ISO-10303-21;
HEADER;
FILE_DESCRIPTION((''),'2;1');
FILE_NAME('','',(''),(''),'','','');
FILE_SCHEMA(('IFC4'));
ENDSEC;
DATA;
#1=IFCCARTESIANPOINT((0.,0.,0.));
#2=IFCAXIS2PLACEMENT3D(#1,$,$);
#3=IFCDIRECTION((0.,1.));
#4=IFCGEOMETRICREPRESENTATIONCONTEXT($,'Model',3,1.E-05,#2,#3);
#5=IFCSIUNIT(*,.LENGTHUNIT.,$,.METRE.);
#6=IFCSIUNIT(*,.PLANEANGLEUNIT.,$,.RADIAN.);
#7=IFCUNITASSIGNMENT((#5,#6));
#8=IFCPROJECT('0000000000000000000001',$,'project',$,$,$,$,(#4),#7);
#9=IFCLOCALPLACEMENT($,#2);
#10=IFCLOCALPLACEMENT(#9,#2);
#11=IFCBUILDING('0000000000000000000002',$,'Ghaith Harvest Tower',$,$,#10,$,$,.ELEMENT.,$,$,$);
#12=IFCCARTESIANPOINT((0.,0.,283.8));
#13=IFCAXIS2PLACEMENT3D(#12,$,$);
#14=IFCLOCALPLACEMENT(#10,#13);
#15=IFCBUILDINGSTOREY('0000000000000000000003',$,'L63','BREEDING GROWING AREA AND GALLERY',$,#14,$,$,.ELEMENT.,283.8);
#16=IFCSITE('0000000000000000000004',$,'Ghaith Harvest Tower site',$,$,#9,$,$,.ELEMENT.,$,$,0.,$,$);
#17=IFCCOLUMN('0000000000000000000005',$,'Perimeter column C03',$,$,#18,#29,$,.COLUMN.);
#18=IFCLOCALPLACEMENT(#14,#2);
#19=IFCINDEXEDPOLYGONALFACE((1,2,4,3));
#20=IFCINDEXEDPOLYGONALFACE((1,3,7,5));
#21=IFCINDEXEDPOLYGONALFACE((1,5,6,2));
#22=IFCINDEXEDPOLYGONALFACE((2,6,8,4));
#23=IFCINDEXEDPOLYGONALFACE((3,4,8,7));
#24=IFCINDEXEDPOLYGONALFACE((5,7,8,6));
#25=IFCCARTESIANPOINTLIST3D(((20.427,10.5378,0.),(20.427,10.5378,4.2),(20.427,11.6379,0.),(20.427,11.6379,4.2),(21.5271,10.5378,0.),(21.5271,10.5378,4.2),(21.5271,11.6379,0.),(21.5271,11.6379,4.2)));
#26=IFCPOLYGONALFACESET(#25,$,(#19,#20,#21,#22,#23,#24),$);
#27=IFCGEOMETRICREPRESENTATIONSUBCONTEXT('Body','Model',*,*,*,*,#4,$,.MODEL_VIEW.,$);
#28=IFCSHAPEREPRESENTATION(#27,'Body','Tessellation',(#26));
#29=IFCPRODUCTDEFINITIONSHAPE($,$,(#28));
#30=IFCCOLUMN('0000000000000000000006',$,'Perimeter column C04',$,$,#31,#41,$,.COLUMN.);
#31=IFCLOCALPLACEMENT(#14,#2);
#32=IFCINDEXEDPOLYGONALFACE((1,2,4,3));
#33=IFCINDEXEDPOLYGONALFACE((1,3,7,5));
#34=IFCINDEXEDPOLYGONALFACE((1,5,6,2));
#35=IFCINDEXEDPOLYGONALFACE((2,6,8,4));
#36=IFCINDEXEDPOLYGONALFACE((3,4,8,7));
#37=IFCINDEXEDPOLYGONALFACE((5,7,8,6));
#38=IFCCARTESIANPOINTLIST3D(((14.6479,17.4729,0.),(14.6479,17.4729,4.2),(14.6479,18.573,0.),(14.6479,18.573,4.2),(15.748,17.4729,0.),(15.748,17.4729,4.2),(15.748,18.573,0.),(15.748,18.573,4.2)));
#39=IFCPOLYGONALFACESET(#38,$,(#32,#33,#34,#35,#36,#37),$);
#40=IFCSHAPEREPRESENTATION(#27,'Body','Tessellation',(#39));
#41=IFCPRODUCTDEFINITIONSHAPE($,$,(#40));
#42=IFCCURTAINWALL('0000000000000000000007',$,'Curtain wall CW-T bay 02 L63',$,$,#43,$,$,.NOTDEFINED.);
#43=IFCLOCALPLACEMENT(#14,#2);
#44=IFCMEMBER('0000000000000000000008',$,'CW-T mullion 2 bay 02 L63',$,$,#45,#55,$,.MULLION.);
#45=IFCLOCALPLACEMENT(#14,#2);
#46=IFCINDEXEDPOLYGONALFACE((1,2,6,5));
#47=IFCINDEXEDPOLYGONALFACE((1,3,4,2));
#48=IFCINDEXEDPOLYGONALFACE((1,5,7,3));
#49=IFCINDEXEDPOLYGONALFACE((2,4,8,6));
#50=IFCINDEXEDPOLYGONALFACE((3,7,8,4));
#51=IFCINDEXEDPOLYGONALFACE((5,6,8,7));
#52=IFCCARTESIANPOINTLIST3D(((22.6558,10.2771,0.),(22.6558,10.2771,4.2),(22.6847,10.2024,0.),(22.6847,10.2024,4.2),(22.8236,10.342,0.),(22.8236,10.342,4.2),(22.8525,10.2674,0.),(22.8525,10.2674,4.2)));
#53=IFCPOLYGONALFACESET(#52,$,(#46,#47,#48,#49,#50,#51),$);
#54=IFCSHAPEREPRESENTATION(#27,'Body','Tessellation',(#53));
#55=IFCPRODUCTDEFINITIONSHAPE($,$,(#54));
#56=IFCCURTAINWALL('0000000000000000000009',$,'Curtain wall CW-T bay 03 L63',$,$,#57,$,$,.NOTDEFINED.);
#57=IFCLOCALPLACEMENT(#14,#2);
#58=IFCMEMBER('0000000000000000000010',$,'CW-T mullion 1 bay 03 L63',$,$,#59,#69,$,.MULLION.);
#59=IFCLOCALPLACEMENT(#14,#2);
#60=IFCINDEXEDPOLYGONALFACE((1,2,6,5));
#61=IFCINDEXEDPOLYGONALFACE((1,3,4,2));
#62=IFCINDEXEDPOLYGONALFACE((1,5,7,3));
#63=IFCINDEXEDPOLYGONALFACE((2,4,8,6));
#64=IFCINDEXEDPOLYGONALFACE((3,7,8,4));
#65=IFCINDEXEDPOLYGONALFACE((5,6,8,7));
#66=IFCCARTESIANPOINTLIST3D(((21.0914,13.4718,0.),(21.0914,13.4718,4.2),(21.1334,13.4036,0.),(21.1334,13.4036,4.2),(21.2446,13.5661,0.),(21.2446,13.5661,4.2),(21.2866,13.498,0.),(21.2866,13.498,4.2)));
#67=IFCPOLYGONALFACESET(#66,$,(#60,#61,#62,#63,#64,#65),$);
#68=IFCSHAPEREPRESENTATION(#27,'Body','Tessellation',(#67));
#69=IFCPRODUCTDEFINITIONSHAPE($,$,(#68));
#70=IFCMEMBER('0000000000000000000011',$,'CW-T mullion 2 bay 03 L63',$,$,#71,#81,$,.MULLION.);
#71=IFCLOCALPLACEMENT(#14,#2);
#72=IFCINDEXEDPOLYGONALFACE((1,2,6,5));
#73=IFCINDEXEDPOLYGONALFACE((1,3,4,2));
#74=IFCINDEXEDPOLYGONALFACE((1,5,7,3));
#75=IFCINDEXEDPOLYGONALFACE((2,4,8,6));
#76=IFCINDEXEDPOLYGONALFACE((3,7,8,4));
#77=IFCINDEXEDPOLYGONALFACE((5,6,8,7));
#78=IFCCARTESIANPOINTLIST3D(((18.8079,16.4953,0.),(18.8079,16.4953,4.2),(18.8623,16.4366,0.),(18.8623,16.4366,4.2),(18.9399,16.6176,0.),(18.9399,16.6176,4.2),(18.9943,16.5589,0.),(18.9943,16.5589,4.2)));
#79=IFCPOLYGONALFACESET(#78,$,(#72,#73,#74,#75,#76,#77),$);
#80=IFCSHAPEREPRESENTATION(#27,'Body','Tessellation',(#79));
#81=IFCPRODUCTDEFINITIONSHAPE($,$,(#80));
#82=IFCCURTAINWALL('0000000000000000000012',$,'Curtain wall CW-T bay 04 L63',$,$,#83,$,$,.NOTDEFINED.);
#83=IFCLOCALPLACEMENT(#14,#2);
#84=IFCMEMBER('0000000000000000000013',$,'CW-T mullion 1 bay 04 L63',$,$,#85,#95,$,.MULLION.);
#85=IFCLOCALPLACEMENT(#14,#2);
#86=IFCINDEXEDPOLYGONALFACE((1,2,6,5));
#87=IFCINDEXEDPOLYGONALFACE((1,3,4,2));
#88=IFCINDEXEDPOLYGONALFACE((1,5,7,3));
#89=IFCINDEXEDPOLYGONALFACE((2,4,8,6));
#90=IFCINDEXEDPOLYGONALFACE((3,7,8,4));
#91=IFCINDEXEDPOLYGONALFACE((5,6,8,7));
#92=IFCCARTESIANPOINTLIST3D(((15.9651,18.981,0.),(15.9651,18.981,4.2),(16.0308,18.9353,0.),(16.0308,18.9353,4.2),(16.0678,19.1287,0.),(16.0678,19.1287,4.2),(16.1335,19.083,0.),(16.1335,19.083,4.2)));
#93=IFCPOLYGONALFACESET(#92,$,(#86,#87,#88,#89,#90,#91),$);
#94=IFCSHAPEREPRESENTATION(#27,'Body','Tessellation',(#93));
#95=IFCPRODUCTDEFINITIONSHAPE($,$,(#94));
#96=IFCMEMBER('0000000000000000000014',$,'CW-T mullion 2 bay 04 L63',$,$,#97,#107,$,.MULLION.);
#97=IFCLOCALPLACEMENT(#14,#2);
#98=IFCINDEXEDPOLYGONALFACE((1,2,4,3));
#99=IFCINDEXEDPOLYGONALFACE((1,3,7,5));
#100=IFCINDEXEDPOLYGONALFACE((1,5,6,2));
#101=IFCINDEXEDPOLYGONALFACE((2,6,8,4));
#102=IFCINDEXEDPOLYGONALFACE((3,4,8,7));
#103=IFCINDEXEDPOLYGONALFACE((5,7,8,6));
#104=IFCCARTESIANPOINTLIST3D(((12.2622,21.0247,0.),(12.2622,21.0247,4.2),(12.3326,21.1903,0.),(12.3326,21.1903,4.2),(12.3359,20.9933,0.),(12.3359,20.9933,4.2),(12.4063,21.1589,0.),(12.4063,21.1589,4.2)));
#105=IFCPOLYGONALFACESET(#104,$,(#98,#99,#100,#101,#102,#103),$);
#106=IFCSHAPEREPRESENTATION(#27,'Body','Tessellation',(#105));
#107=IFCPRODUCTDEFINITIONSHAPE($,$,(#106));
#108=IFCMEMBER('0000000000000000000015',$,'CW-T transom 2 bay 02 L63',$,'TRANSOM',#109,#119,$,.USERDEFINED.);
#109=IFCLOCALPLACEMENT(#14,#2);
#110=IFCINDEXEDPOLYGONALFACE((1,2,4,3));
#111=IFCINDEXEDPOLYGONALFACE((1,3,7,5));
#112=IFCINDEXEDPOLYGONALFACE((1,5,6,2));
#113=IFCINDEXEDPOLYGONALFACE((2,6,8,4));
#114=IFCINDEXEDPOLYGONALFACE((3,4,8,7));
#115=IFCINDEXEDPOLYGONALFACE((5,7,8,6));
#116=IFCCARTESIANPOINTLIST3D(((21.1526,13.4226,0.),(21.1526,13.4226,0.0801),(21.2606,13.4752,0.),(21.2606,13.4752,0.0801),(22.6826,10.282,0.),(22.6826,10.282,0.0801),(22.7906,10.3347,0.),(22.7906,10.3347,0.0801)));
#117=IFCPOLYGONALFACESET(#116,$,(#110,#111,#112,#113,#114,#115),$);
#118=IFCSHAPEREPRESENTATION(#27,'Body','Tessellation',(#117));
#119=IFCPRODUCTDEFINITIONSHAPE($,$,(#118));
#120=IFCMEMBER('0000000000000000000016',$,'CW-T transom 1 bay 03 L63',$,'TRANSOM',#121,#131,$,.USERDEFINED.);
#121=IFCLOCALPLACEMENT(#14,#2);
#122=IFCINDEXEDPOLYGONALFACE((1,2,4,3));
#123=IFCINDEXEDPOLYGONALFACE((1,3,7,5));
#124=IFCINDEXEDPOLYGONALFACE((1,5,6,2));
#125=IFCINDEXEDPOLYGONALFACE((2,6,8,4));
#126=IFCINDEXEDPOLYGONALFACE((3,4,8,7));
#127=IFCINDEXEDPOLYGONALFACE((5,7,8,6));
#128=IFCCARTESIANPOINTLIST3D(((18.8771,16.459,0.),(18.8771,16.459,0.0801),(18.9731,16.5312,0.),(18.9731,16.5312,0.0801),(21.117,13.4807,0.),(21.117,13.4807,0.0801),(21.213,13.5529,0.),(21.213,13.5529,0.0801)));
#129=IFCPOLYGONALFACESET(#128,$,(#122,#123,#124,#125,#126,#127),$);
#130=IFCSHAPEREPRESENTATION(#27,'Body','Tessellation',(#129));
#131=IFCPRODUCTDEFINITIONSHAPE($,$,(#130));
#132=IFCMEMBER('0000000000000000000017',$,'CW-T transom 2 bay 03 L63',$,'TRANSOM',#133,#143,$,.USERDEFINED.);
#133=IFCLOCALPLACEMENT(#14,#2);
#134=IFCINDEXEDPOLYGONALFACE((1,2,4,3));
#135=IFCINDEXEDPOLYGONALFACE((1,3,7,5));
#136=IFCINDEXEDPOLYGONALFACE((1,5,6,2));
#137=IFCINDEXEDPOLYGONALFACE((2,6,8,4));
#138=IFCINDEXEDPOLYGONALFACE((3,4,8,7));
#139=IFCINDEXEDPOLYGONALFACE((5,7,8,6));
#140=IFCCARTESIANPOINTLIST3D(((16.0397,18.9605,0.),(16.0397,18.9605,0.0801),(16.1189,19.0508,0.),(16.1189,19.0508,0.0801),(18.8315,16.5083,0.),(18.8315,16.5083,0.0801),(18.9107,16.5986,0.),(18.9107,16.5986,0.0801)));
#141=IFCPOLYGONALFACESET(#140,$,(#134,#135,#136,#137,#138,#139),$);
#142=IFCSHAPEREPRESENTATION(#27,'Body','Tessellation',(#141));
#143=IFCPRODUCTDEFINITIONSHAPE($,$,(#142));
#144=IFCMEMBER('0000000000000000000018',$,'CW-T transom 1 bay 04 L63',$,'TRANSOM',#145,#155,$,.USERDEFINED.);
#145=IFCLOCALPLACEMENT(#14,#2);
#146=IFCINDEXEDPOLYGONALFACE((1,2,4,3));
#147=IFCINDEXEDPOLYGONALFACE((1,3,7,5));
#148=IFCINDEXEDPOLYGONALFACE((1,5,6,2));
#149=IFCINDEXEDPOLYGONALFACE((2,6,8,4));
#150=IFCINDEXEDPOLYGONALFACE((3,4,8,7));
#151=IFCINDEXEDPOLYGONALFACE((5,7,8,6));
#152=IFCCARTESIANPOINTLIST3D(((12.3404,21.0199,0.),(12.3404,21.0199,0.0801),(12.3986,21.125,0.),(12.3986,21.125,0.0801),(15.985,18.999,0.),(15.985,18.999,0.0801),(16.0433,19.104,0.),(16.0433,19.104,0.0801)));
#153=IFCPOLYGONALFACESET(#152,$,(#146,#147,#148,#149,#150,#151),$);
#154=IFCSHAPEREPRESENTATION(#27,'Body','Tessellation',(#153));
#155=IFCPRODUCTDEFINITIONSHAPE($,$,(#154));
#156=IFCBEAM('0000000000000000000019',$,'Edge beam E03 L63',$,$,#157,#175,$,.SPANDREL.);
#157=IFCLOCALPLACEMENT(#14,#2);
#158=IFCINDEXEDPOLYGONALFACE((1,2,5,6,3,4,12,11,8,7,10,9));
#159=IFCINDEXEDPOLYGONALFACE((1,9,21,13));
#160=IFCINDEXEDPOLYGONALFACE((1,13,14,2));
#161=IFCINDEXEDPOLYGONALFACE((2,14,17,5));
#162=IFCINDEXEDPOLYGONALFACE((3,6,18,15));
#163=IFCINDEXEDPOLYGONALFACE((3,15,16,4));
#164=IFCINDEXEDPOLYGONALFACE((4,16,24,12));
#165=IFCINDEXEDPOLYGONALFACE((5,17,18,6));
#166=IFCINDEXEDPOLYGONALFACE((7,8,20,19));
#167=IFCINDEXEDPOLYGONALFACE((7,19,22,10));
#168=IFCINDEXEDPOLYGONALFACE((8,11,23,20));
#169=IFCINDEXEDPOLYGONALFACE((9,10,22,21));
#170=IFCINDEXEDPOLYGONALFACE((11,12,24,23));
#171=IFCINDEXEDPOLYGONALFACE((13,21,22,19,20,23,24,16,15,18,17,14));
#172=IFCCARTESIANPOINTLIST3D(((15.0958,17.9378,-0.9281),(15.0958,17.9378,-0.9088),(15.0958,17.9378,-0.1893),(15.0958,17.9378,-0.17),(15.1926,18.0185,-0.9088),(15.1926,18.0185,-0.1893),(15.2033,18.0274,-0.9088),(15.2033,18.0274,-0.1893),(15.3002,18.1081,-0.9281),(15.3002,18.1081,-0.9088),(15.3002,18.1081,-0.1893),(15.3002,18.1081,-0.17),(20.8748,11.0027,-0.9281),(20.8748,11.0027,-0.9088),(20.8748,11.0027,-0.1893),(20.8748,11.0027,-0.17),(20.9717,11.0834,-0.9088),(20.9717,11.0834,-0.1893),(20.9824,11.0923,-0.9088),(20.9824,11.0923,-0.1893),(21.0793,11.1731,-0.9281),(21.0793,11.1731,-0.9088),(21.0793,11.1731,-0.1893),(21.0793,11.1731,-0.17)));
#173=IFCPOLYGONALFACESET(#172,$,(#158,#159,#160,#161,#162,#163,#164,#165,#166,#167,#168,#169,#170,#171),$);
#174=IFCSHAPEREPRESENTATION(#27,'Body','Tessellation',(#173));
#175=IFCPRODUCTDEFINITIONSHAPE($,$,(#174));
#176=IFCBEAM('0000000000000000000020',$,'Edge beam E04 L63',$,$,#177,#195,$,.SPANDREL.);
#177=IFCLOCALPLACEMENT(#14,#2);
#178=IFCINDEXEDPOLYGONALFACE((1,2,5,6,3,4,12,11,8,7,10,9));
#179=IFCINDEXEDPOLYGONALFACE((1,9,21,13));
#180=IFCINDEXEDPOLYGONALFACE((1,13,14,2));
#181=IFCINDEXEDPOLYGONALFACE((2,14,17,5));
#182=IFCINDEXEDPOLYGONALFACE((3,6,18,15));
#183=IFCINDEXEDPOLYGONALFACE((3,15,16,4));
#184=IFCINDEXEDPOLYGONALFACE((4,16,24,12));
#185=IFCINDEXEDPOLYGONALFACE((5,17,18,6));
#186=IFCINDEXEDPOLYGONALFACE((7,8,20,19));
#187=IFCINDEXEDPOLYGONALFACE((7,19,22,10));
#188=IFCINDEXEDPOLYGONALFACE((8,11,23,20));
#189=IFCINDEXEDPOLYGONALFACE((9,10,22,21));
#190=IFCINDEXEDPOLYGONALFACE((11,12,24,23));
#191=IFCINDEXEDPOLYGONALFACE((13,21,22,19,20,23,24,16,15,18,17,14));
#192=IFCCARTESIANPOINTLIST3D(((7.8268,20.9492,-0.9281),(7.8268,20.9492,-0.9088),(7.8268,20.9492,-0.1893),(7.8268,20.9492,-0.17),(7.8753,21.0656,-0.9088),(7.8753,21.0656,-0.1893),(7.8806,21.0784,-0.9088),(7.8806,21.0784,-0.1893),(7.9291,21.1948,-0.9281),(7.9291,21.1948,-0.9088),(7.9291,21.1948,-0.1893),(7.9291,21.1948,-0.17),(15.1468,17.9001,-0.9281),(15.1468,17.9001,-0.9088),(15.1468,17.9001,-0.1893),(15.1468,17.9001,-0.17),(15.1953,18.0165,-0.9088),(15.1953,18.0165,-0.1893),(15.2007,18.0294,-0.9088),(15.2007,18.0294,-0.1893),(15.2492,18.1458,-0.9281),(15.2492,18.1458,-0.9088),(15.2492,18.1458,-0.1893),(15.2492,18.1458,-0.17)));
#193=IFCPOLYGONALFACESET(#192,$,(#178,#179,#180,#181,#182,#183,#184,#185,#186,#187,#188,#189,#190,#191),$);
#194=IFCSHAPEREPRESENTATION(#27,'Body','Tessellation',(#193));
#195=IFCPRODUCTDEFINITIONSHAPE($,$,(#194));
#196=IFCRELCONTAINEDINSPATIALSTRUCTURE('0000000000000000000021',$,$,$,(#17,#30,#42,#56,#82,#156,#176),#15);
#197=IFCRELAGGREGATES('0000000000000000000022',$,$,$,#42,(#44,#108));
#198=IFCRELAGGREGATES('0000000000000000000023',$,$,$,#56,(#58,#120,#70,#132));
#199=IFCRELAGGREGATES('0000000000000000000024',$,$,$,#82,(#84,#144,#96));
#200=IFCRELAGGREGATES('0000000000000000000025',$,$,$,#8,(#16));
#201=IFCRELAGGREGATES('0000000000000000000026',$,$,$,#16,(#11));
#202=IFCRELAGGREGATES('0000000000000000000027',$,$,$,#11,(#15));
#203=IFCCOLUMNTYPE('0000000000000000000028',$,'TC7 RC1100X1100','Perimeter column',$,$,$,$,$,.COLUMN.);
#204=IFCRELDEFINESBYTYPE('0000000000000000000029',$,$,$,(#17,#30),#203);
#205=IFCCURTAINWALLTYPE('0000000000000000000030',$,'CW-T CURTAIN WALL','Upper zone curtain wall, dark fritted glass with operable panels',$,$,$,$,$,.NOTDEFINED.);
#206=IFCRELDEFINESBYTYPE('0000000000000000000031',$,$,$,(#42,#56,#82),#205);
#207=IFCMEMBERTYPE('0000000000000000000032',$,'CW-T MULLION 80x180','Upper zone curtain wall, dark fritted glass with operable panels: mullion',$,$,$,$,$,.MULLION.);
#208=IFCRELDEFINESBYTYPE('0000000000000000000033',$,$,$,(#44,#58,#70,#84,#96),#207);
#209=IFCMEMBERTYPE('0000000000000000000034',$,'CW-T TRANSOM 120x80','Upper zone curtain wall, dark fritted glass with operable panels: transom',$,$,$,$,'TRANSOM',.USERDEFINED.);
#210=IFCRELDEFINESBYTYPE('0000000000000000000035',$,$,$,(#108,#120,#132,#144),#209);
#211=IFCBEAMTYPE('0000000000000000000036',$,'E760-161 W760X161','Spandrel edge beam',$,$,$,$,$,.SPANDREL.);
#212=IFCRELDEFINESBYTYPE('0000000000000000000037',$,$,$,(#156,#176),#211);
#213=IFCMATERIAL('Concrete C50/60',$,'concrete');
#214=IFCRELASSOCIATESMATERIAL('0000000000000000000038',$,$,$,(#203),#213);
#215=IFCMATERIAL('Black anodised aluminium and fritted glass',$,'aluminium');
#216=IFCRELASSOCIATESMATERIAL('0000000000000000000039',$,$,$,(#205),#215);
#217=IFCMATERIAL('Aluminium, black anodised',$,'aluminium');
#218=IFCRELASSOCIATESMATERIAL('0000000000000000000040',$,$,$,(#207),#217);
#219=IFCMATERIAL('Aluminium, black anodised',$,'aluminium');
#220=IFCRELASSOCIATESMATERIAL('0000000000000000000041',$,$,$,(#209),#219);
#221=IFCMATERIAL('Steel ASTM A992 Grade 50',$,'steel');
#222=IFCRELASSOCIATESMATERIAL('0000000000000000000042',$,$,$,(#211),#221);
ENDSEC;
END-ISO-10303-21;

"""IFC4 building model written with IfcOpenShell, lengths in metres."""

from ifc_helpers import new_model, si_unit, direction, frame, origin, origin_2d, place, context, subcontext, project, spatial, rectangle, i_section, extrude, material, material_profile, profile_set, type_object, element, aggregate, save


model = new_model("IFC4")

# Units and contexts
model_context = context("Model", 3, precision=1e-05, world=origin(), true_north=direction((0.0, 1.0)))
body_context = subcontext(model_context, "Body", "Model", "MODEL_VIEW")
ifc_project = project(units=[si_unit("LENGTHUNIT", "METRE"), si_unit("PLANEANGLEUNIT", "RADIAN")], contexts=[model_context])

# Site, building, storey
site_placement = place(None, origin())
site = spatial("IfcSite", under=ifc_project, at=site_placement, Name="Ghaith Harvest Tower site", CompositionType="ELEMENT", RefElevation=0.0)
building_placement = place(site_placement, origin())
building = spatial("IfcBuilding", under=site, at=building_placement, Name="Ghaith Harvest Tower", CompositionType="ELEMENT")
storey_placement = place(building_placement, frame((0.0, 0.0, 283.8)))
storey = spatial("IfcBuildingStorey", under=building, at=storey_placement, Name="L63", Description="BREEDING GROWING AREA AND GALLERY", CompositionType="ELEMENT", Elevation=283.8)

# Columns
ifc_material_1 = material(Name="Concrete C50/60", Category="concrete")
ifc_material_profile_1 = material_profile(ifc_material_1, rectangle(XDim=1.1001, YDim=1.1001, at=origin_2d()), Name="RC1100X1100")
ifc_profile_set_1 = profile_set([ifc_material_profile_1], Name="Concrete C50/60")
column_type = type_object("IfcColumnType", Name="TC7 RC1100X1100", Description="Perimeter column", PredefinedType="COLUMN", material=ifc_profile_set_1)
for number, where, z_axis, x_axis, name in (
    (1, (20.9771, 11.0879, 0.0), (0.0, 0.0, 1.0), (1.0, 0.0, 0.0), "Perimeter column C03"),
    (2, (15.198, 18.0229, 0.0), (0.0, 0.0, 1.0), (1.0, 0.0, 0.0), "Perimeter column C04"),
):
    element("IfcColumn", number, at=place(storey_placement, frame(where, z_axis=z_axis, x_axis=x_axis)), inside=storey, type_object=column_type, Name=name, PredefinedType="COLUMN", context=body_context, shape_type="SweptSolid", body=[
        extrude(rectangle(XDim=1.1001, YDim=1.1001, at=origin_2d()), origin(), (0.0, 0.0, 1.0), 4.2),
    ])

# Curtain wall, member
ifc_material_2 = material(Name="Black anodised aluminium and fritted glass", Category="aluminium")
curtain_wall_type = type_object("IfcCurtainWallType", Name="CW-T CURTAIN WALL", Description="Upper zone curtain wall, dark fritted glass with operable panels", PredefinedType="NOTDEFINED", material=ifc_material_2)
curtain_wall_1_placement = place(storey_placement, origin())
curtain_wall_1 = element("IfcCurtainWall", 3, at=curtain_wall_1_placement, inside=storey, type_object=curtain_wall_type, Name="Curtain wall CW-T bay 02 L63", PredefinedType="NOTDEFINED")
ifc_material_3 = material(Name="Aluminium, black anodised", Category="aluminium")
ifc_material_profile_2 = material_profile(ifc_material_3, rectangle(XDim=0.0801, YDim=0.1799, at=origin_2d()), Name="CW-T MULLION 80x180")
ifc_profile_set_2 = profile_set([ifc_material_profile_2], Name="Aluminium, black anodised")
member_type_1 = type_object("IfcMemberType", Name="CW-T MULLION 80x180", Description="Upper zone curtain wall, dark fritted glass with operable panels: mullion", PredefinedType="MULLION", material=ifc_profile_set_2)
member_1_placement = place(storey_placement, frame((22.7542, 10.2722, 0.0), z_axis=(0.0, 0.0, 1.0), x_axis=(-0.361184, 0.932494, 0.0)))
member_1 = element("IfcMember", 4, at=member_1_placement, type_object=member_type_1, Name="CW-T mullion 2 bay 02 L63", PredefinedType="MULLION", context=body_context, shape_type="SweptSolid", body=[
    extrude(rectangle(XDim=0.0801, YDim=0.1799, at=origin_2d()), origin(), (0.0, 0.0, 1.0), 4.2),
])

# Curtain walls, members
curtain_wall_2_placement = place(storey_placement, origin())
curtain_wall_2 = element("IfcCurtainWall", 5, at=curtain_wall_2_placement, inside=storey, type_object=curtain_wall_type, Name="Curtain wall CW-T bay 03 L63", PredefinedType="NOTDEFINED")
member_2_placement = place(storey_placement, frame((21.189, 13.4849, 0.0), z_axis=(0.0, 0.0, 1.0), x_axis=(-0.524482, 0.851421, 0.0)))
member_2 = element("IfcMember", 6, at=member_2_placement, type_object=member_type_1, Name="CW-T mullion 1 bay 03 L63", PredefinedType="MULLION", context=body_context, shape_type="SweptSolid", body=[
    extrude(rectangle(XDim=0.0801, YDim=0.1799, at=origin_2d()), origin(), (0.0, 0.0, 1.0), 4.2),
])
member_3_placement = place(storey_placement, frame((18.9011, 16.5271, 0.0), z_axis=(0.0, 0.0, 1.0), x_axis=(-0.679661, 0.733526, 0.0)))
member_3 = element("IfcMember", 7, at=member_3_placement, type_object=member_type_1, Name="CW-T mullion 2 bay 03 L63", PredefinedType="MULLION", context=body_context, shape_type="SweptSolid", body=[
    extrude(rectangle(XDim=0.0801, YDim=0.1799, at=origin_2d()), origin(), (0.0, 0.0, 1.0), 4.2),
])
curtain_wall_3_placement = place(storey_placement, origin())
curtain_wall_3 = element("IfcCurtainWall", 8, at=curtain_wall_3_placement, inside=storey, type_object=curtain_wall_type, Name="Curtain wall CW-T bay 04 L63", PredefinedType="NOTDEFINED")
member_4_placement = place(storey_placement, frame((16.0493, 19.032, 0.0), z_axis=(0.0, 0.0, 1.0), x_axis=(-0.821112, 0.570767, 0.0)))
member_4 = element("IfcMember", 9, at=member_4_placement, type_object=member_type_1, Name="CW-T mullion 1 bay 04 L63", PredefinedType="MULLION", context=body_context, shape_type="SweptSolid", body=[
    extrude(rectangle(XDim=0.0801, YDim=0.1799, at=origin_2d()), origin(), (0.0, 0.0, 1.0), 4.2),
])
member_5_placement = place(storey_placement, frame((12.3342, 21.0918, 0.0), z_axis=(0.0, 0.0, 1.0), x_axis=(-0.920319, 0.391168, 0.0)))
member_5 = element("IfcMember", 10, at=member_5_placement, type_object=member_type_1, Name="CW-T mullion 2 bay 04 L63", PredefinedType="MULLION", context=body_context, shape_type="SweptSolid", body=[
    extrude(rectangle(XDim=0.0801, YDim=0.1799, at=origin_2d()), origin(), (0.0, 0.0, 1.0), 4.2),
])

# Members
ifc_material_4 = material(Name="Aluminium, black anodised", Category="aluminium")
ifc_material_profile_3 = material_profile(ifc_material_4, rectangle(XDim=0.1201, YDim=0.0801, at=origin_2d()), Name="CW-T TRANSOM 120x80")
ifc_profile_set_3 = profile_set([ifc_material_profile_3], Name="Aluminium, black anodised")
member_type_2 = type_object("IfcMemberType", Name="CW-T TRANSOM 120x80", Description="Upper zone curtain wall, dark fritted glass with operable panels: transom", ElementType="TRANSOM", PredefinedType="USERDEFINED", material=ifc_profile_set_3)
member_6_placement = place(storey_placement, frame((22.7366, 10.3083, 0.04), z_axis=(-0.437965, 0.898992, 0.0), x_axis=(-0.898992, -0.437965, 0.0)))
member_6 = element("IfcMember", 11, at=member_6_placement, type_object=member_type_2, Name="CW-T transom 2 bay 02 L63", ObjectType="TRANSOM", PredefinedType="USERDEFINED", context=body_context, shape_type="SweptSolid", body=[
    extrude(rectangle(XDim=0.1201, YDim=0.0801, at=origin_2d()), origin(), (0.0, 0.0, 1.0), 3.4934),
])
member_7_placement = place(storey_placement, frame((21.165, 13.5168, 0.04), z_axis=(-0.601079, 0.79919, 0.0), x_axis=(-0.79919, -0.601079, 0.0)))
member_7 = element("IfcMember", 12, at=member_7_placement, type_object=member_type_2, Name="CW-T transom 1 bay 03 L63", ObjectType="TRANSOM", PredefinedType="USERDEFINED", context=body_context, shape_type="SweptSolid", body=[
    extrude(rectangle(XDim=0.1201, YDim=0.0801, at=origin_2d()), origin(), (0.0, 0.0, 1.0), 3.7266),
])
member_8_placement = place(storey_placement, frame((18.8711, 16.5535, 0.04), z_axis=(-0.751326, 0.659931, 0.0), x_axis=(-0.659931, -0.751326, 0.0)))
member_8 = element("IfcMember", 13, at=member_8_placement, type_object=member_type_2, Name="CW-T transom 2 bay 03 L63", ObjectType="TRANSOM", PredefinedType="USERDEFINED", context=body_context, shape_type="SweptSolid", body=[
    extrude(rectangle(XDim=0.1201, YDim=0.0801, at=origin_2d()), origin(), (0.0, 0.0, 1.0), 3.7158),
])
member_9_placement = place(storey_placement, frame((16.0142, 19.0515, 0.04), z_axis=(-0.874552, 0.484932, 0.0), x_axis=(-0.484932, -0.874552, 0.0)))
member_9 = element("IfcMember", 14, at=member_9_placement, type_object=member_type_2, Name="CW-T transom 1 bay 04 L63", ObjectType="TRANSOM", PredefinedType="USERDEFINED", context=body_context, shape_type="SweptSolid", body=[
    extrude(rectangle(XDim=0.1201, YDim=0.0801, at=origin_2d()), origin(), (0.0, 0.0, 1.0), 4.1675),
])

# Beams
ifc_material_5 = material(Name="Steel ASTM A992 Grade 50", Category="steel")
ifc_material_profile_4 = material_profile(ifc_material_5, i_section(OverallWidth=0.2661, OverallDepth=0.7581, WebThickness=0.0139, FlangeThickness=0.0193, at=origin_2d()), Name="W760X161")
ifc_profile_set_4 = profile_set([ifc_material_profile_4], Name="Steel ASTM A992 Grade 50")
beam_type_1 = type_object("IfcBeamType", Name="E760-161 W760X161", Description="Spandrel edge beam", PredefinedType="SPANDREL", material=ifc_profile_set_4)
beam_1_placement = place(storey_placement, frame((20.9771, 11.0879, -0.5491), z_axis=(-0.640174, 0.76823, 0.0), x_axis=(-0.76823, -0.640174, 0.0)))
element("IfcBeam", 15, at=beam_1_placement, inside=storey, type_object=beam_type_1, Name="Edge beam E03 L63", PredefinedType="SPANDREL", context=body_context, shape_type="SweptSolid", body=[
    extrude(i_section(OverallWidth=0.2661, OverallDepth=0.7581, WebThickness=0.0139, FlangeThickness=0.0193, at=origin_2d()), origin(), (0.0, 0.0, 1.0), 9.0273),
])
beam_2_placement = place(storey_placement, frame((15.198, 18.0229, -0.5491), z_axis=(-0.92312, 0.384513, 0.0), x_axis=(-0.384513, -0.92312, 0.0)))
element("IfcBeam", 16, at=beam_2_placement, inside=storey, type_object=beam_type_1, Name="Edge beam E04 L63", PredefinedType="SPANDREL", context=body_context, shape_type="SweptSolid", body=[
    extrude(i_section(OverallWidth=0.2661, OverallDepth=0.7581, WebThickness=0.0139, FlangeThickness=0.0193, at=origin_2d()), origin(), (0.0, 0.0, 1.0), 7.9297),
])

aggregate(curtain_wall_1, [member_1, member_6])
aggregate(curtain_wall_2, [member_2, member_7, member_3, member_8])
aggregate(curtain_wall_3, [member_4, member_9, member_5])

save(model, "model.ifc")
